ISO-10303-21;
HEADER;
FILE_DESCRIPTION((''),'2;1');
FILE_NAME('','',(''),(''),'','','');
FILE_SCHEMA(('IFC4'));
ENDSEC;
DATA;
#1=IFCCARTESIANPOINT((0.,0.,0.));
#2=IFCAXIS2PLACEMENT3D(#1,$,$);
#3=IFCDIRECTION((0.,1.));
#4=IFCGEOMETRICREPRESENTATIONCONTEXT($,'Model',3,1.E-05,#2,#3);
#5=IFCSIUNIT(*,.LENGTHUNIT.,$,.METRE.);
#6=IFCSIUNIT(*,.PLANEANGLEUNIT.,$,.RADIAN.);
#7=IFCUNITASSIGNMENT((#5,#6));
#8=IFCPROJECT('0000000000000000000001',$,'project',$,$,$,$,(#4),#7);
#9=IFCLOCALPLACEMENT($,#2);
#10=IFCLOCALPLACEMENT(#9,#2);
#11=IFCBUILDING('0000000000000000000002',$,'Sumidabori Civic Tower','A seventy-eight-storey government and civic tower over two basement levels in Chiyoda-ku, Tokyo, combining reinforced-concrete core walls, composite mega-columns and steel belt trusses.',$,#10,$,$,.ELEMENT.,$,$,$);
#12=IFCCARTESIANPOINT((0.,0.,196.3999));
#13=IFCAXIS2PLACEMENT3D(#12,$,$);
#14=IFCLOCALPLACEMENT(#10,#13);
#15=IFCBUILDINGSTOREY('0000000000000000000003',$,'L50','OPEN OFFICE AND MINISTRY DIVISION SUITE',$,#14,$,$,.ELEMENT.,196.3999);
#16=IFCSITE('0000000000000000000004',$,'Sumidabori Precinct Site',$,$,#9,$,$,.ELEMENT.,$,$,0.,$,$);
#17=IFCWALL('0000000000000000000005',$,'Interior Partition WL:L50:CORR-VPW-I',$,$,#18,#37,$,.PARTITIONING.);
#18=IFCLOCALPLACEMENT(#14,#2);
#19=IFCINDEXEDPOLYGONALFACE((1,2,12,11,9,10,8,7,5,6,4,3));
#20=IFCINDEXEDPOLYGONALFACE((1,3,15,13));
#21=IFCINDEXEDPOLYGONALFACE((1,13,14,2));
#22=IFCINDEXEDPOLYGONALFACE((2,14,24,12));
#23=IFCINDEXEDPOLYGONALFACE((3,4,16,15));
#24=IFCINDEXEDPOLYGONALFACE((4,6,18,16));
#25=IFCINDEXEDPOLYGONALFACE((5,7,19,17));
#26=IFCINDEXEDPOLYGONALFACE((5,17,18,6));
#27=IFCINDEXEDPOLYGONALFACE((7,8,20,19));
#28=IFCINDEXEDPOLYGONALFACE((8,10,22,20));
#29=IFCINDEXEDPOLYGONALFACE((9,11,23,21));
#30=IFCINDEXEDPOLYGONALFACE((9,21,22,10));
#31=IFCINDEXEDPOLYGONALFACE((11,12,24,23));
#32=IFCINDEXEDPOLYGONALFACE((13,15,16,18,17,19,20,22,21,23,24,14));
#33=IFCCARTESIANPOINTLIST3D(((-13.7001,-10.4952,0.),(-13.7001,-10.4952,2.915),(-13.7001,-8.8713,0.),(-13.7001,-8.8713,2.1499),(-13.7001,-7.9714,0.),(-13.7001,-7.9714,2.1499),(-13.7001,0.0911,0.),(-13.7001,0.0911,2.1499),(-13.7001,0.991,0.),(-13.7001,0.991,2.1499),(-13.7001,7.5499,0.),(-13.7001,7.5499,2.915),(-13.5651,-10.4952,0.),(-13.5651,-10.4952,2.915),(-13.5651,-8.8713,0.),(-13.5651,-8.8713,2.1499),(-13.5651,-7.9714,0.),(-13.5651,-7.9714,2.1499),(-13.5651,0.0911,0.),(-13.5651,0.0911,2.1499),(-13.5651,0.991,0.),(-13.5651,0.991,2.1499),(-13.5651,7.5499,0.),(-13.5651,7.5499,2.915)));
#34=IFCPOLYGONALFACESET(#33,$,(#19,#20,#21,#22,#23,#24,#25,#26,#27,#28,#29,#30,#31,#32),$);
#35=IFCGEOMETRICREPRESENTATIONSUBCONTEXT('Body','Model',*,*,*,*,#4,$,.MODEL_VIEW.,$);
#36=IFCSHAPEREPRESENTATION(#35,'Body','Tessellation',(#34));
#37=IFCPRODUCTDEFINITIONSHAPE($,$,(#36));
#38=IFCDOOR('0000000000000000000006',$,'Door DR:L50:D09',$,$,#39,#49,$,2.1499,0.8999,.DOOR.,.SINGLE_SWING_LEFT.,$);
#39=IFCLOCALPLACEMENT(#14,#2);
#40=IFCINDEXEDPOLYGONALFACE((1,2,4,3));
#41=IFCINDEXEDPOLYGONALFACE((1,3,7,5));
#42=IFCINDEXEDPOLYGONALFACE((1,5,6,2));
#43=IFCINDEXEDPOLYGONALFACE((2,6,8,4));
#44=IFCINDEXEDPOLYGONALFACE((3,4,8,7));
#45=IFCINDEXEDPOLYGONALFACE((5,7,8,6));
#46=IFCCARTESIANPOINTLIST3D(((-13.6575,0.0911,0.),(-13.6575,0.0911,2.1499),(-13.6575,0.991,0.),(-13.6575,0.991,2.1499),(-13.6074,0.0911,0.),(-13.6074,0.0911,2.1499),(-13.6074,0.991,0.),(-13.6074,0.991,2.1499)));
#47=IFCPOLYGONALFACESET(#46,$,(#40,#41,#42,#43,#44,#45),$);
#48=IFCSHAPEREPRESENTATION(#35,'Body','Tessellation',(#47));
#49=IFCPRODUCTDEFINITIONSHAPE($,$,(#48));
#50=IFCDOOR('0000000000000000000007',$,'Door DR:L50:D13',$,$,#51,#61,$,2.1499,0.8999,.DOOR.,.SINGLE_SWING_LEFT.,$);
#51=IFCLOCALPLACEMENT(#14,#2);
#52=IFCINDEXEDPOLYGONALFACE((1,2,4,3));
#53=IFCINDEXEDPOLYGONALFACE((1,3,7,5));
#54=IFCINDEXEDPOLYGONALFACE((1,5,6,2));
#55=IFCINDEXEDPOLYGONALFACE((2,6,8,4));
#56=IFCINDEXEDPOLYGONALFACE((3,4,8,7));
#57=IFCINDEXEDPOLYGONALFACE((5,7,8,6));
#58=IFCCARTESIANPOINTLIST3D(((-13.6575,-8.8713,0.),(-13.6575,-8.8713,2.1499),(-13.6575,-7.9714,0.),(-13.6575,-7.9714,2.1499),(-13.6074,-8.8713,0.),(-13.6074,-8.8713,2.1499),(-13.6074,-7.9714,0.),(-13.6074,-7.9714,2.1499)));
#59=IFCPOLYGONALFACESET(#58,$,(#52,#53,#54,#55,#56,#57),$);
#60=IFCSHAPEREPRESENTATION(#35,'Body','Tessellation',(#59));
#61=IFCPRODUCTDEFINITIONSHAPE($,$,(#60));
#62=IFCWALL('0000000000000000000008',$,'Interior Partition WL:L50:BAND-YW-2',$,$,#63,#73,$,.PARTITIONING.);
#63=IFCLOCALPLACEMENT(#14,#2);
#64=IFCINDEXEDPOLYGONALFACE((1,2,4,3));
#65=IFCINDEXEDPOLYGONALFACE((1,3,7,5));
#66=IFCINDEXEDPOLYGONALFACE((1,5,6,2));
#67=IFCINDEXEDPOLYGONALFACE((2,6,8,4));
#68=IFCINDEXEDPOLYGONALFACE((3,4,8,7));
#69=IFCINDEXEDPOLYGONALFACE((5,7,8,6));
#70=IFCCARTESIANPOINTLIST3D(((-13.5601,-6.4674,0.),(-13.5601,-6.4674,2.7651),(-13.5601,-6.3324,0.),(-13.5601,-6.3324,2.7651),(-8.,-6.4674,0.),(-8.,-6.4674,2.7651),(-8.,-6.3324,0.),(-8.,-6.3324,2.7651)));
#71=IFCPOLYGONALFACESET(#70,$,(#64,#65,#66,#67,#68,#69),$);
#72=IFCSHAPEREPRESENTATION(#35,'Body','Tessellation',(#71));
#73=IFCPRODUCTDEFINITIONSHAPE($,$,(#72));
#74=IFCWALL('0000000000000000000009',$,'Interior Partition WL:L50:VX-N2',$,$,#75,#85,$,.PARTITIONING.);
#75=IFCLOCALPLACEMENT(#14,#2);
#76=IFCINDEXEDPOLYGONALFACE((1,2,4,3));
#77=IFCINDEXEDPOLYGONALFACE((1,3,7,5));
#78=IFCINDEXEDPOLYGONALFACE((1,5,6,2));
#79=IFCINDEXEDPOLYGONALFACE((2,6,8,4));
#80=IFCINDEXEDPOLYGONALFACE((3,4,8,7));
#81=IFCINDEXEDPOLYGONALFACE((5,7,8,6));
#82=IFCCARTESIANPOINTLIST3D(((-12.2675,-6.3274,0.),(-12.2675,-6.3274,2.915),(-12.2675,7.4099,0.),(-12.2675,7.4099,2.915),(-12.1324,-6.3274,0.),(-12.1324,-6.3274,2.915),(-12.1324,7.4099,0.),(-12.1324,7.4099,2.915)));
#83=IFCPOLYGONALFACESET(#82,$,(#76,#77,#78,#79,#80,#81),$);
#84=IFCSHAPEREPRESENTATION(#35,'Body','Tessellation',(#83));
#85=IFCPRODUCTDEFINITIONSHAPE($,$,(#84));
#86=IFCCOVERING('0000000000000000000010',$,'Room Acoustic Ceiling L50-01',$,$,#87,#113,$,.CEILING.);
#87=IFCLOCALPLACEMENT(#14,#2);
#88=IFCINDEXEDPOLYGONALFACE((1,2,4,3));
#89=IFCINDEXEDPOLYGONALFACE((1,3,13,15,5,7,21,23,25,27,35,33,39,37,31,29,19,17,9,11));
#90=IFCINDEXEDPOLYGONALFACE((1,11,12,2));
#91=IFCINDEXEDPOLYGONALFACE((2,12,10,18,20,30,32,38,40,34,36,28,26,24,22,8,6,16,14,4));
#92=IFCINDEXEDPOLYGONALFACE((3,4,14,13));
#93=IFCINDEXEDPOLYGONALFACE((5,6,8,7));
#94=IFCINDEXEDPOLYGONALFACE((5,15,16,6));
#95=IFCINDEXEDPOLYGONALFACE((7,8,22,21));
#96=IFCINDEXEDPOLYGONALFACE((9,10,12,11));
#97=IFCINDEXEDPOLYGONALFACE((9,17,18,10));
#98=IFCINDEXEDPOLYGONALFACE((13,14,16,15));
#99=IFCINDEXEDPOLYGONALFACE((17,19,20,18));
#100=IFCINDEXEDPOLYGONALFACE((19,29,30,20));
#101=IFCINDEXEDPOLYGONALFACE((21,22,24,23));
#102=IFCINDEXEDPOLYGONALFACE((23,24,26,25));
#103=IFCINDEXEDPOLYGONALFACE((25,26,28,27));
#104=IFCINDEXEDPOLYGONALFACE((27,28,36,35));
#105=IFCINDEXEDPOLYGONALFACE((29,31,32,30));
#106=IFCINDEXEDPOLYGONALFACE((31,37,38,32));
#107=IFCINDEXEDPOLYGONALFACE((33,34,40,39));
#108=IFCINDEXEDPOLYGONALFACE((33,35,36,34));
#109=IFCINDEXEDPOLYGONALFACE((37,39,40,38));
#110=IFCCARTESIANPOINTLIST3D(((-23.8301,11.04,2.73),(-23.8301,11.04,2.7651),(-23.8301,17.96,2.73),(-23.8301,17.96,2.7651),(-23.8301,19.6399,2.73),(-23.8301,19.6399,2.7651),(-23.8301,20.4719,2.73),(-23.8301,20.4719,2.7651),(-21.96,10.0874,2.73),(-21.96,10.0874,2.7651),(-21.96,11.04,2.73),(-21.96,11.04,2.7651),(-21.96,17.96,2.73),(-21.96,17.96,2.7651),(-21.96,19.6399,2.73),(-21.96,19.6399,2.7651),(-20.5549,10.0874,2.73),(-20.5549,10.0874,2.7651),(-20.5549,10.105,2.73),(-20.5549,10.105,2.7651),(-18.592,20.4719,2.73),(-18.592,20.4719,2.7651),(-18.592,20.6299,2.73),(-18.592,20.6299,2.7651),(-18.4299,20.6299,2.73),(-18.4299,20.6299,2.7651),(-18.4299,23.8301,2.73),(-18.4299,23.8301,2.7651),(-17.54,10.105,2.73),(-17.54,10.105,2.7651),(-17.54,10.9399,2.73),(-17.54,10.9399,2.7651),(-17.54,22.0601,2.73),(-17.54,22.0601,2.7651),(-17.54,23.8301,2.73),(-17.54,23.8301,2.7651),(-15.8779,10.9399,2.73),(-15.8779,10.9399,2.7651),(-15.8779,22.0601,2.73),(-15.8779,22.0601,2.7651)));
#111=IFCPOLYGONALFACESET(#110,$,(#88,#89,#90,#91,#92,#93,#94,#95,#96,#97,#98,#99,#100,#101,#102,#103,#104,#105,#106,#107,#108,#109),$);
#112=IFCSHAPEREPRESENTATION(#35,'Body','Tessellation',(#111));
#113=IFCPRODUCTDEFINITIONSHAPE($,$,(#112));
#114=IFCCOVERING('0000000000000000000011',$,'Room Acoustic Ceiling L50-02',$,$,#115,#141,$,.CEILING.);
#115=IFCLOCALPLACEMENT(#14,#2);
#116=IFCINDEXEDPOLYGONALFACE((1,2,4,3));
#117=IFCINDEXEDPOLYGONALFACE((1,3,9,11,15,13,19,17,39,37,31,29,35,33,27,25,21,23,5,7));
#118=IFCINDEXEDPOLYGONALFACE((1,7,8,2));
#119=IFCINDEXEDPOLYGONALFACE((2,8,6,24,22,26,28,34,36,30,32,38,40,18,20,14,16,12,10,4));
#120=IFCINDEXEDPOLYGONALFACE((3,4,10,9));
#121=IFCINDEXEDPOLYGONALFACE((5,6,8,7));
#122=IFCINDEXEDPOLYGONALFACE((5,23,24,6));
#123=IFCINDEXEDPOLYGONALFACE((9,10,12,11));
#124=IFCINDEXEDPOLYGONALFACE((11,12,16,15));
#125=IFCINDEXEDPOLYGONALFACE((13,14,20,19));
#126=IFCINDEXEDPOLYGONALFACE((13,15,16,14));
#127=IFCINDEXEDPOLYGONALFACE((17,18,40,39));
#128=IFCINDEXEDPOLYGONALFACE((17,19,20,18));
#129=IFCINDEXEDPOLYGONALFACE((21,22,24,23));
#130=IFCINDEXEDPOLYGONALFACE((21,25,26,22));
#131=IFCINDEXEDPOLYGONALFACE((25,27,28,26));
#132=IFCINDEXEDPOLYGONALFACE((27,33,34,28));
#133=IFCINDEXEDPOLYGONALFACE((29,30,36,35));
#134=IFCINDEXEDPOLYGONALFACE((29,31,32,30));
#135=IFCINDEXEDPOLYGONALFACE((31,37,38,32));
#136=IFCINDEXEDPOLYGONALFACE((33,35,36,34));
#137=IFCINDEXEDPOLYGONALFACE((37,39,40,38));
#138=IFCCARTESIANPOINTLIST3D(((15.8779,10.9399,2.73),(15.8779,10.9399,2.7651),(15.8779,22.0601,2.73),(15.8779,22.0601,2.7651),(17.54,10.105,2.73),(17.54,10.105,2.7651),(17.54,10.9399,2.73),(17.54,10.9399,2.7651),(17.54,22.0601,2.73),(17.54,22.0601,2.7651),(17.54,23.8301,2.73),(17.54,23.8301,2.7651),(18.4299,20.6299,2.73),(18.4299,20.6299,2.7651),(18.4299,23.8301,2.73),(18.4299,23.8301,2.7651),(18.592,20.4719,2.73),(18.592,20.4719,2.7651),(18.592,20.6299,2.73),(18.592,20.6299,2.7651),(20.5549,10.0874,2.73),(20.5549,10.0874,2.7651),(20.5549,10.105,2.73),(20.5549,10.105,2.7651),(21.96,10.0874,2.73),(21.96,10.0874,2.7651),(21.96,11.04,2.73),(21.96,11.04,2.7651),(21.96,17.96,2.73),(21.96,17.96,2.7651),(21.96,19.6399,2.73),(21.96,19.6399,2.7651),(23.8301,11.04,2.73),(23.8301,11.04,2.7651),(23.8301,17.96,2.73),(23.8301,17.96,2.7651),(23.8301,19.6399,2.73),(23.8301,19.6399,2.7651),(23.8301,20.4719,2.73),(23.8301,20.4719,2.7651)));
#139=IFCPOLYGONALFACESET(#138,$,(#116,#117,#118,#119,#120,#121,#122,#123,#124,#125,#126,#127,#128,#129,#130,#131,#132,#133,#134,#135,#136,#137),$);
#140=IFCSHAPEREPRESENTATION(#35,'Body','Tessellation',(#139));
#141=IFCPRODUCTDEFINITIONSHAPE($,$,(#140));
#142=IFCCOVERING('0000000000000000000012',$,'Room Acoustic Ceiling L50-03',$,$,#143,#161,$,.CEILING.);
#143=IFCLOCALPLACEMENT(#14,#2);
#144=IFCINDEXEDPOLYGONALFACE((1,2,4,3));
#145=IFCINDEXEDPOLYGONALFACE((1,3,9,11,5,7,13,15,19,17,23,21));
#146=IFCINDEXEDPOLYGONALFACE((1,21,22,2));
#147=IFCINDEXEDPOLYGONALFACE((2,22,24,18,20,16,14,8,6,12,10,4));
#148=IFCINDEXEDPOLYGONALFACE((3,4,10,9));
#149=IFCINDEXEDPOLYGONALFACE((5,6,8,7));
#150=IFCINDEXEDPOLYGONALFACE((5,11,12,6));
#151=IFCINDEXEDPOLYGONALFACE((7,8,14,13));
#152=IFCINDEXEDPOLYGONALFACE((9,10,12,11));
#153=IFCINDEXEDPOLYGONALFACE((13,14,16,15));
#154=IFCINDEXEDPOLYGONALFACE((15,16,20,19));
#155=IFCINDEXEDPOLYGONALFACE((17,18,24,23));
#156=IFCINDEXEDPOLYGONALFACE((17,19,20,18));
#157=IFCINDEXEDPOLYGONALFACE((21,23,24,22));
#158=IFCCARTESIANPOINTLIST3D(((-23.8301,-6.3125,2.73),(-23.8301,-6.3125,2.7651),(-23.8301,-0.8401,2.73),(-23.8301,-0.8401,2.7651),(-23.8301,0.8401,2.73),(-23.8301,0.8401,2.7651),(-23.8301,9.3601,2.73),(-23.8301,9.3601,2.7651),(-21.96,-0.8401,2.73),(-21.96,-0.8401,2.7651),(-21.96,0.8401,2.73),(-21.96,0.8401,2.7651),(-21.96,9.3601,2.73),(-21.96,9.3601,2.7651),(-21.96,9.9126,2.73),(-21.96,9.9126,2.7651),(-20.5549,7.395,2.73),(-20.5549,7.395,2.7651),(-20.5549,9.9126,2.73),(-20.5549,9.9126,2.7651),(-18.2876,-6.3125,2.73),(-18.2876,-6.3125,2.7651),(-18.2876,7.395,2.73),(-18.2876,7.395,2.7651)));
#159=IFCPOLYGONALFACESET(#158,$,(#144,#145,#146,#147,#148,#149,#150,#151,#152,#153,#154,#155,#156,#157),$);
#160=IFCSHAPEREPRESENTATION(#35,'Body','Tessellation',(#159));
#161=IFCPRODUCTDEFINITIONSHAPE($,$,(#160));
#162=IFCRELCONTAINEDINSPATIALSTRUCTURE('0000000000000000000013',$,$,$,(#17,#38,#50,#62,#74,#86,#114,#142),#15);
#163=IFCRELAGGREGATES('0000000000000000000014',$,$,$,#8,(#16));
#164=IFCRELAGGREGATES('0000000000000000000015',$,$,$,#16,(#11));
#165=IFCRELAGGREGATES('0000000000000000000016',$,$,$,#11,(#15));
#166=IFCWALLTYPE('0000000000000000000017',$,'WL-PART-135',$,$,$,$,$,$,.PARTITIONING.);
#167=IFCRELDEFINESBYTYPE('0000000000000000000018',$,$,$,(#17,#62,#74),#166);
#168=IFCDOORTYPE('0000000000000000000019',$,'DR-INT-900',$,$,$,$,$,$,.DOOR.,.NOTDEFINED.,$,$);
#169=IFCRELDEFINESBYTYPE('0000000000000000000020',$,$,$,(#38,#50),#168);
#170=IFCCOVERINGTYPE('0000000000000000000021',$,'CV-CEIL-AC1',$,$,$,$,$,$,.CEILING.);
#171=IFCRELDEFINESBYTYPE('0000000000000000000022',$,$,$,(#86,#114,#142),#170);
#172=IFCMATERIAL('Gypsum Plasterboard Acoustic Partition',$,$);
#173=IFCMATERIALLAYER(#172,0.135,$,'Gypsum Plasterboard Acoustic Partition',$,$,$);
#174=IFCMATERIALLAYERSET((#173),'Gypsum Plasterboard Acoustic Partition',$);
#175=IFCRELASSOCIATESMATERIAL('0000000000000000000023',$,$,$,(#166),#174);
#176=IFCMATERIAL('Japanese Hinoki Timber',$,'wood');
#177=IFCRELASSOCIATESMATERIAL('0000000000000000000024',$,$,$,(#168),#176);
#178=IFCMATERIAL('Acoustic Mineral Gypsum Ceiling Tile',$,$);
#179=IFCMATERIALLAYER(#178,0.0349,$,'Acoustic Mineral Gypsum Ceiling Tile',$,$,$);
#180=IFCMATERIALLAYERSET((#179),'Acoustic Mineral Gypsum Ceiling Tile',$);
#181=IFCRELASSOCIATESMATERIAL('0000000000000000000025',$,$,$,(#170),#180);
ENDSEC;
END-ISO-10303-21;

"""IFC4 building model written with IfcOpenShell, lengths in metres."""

from ifc_helpers import new_model, si_unit, direction, frame, frame_2d, origin, place, context, subcontext, project, spatial, polyline, rectangle, outline, extrude, source, transform, mapped, material, layer, layer_set, type_object, element, fill, save


model = new_model("IFC4")

# Units and contexts
model_context = context("Model", 3, precision=1e-05, world=origin(), true_north=direction((0.0, 1.0)))
body_context = subcontext(model_context, "Body", "Model", "MODEL_VIEW")
ifc_project = project(units=[si_unit("LENGTHUNIT", "METRE"), si_unit("PLANEANGLEUNIT", "RADIAN")], contexts=[model_context])

# Site, building, storey
site_placement = place(None, origin())
site = spatial("IfcSite", under=ifc_project, at=site_placement, Name="Sumidabori Precinct Site", CompositionType="ELEMENT", RefElevation=0.0)
building_placement = place(site_placement, origin())
building = spatial("IfcBuilding", under=site, at=building_placement, Name="Sumidabori Civic Tower", Description="A seventy-eight-storey government and civic tower over two basement levels in Chiyoda-ku, Tokyo, combining reinforced-concrete core walls, composite mega-columns and steel belt trusses.", CompositionType="ELEMENT")
storey_placement = place(building_placement, frame((0.0, 0.0, 196.3999)))
storey = spatial("IfcBuildingStorey", under=building, at=storey_placement, Name="L50", Description="OPEN OFFICE AND MINISTRY DIVISION SUITE", CompositionType="ELEMENT", Elevation=196.3999)

# Wall, openings, doors
ifc_material_1 = material(Name="Gypsum Plasterboard Acoustic Partition")
ifc_layer_1 = layer(ifc_material_1, 0.135, Name="Gypsum Plasterboard Acoustic Partition")
ifc_layer_set_1 = layer_set([ifc_layer_1], Name="Gypsum Plasterboard Acoustic Partition")
wall_type_1 = type_object("IfcWallType", Name="WL-PART-135", PredefinedType="PARTITIONING", material=ifc_layer_set_1)
shared_shape_1 = source(origin(), body_context, "Body", "SweptSolid", [
    extrude(rectangle(XDim=18.0452, YDim=0.135, at=frame_2d((9.0225, 0.0))), origin(), (0.0, 0.0, 1.0), 2.915),
])
wall_1_placement = place(storey_placement, frame((-13.6326, -10.4951, 0.0), z_axis=(0.0, 0.0, 1.0), x_axis=(0.0, 1.0, 0.0)))
wall_1 = element("IfcWall", 1, at=wall_1_placement, inside=storey, type_object=wall_type_1, Name="Interior Partition WL:L50:CORR-VPW-I", PredefinedType="PARTITIONING", context=body_context, shape_type="MappedRepresentation", body=[
    mapped(shared_shape_1, transform((0.0, 0.0, 0.0), x_axis=(1.0, 0.0, 0.0), y_axis=(0.0, 1.0, 0.0), z_axis=(0.0, 0.0, 1.0), scale=1.0)),
])
opening_1_placement = place(wall_1_placement, frame((10.5862, 0.0, 0.0)))
opening_1 = element("IfcOpeningElement", 2, at=opening_1_placement, cuts=wall_1, PredefinedType="OPENING", context=body_context, shape_type="SweptSolid", body=[
    extrude(rectangle(XDim=0.8999, YDim=2.1499, at=frame_2d((0.45, 1.075))), frame((0.0, 0.0796, 0.0), z_axis=(0.0, -1.0, 0.0), x_axis=(1.0, 0.0, 0.0)), (0.0, 0.0, 1.0), 0.1589),
])
opening_2_placement = place(wall_1_placement, frame((1.6238, 0.0, 0.0)))
opening_2 = element("IfcOpeningElement", 3, at=opening_2_placement, cuts=wall_1, PredefinedType="OPENING", context=body_context, shape_type="SweptSolid", body=[
    extrude(rectangle(XDim=0.8999, YDim=2.1499, at=frame_2d((0.45, 1.075))), frame((0.0, 0.0796, 0.0), z_axis=(0.0, -1.0, 0.0), x_axis=(1.0, 0.0, 0.0)), (0.0, 0.0, 1.0), 0.1589),
])
ifc_material_2 = material(Name="Japanese Hinoki Timber", Category="wood")
door_type = type_object("IfcDoorType", Name="DR-INT-900", OperationType="NOTDEFINED", PredefinedType="DOOR", material=ifc_material_2)
shared_shape_2 = source(origin(), body_context, "Body", "SweptSolid", [
    extrude(rectangle(XDim=0.8999, YDim=2.1499, at=frame_2d((0.45, 1.075))), frame((0.0, 0.0249, 0.0), z_axis=(0.0, -1.0, 0.0), x_axis=(1.0, 0.0, 0.0)), (0.0, 0.0, 1.0), 0.05),
])
door_1_placement = place(opening_1_placement, origin())
door_1 = element("IfcDoor", 4, at=door_1_placement, inside=storey, type_object=door_type, Name="Door DR:L50:D09", OperationType="SINGLE_SWING_LEFT", OverallHeight=2.1499, OverallWidth=0.8999, PredefinedType="DOOR", context=body_context, shape_type="MappedRepresentation", body=[
    mapped(shared_shape_2, transform((0.0, 0.0, 0.0), x_axis=(1.0, 0.0, 0.0), y_axis=(0.0, 1.0, 0.0), z_axis=(0.0, 0.0, 1.0), scale=1.0)),
])
fill(opening_1, door_1)
door_2_placement = place(opening_2_placement, origin())
door_2 = element("IfcDoor", 5, at=door_2_placement, inside=storey, type_object=door_type, Name="Door DR:L50:D13", OperationType="SINGLE_SWING_LEFT", OverallHeight=2.1499, OverallWidth=0.8999, PredefinedType="DOOR", context=body_context, shape_type="MappedRepresentation", body=[
    mapped(shared_shape_2, transform((0.0, 0.0, 0.0), x_axis=(1.0, 0.0, 0.0), y_axis=(0.0, 1.0, 0.0), z_axis=(0.0, 0.0, 1.0), scale=1.0)),
])
fill(opening_2, door_2)

# Walls
shared_shape_3 = source(origin(), body_context, "Body", "SweptSolid", [
    extrude(rectangle(XDim=5.5601, YDim=0.135, at=frame_2d((2.78, 0.0))), origin(), (0.0, 0.0, 1.0), 2.7651),
])
wall_2_placement = place(storey_placement, frame((-13.5601, -6.3999, 0.0), z_axis=(0.0, 0.0, 1.0), x_axis=(1.0, 0.0, 0.0)))
element("IfcWall", 6, at=wall_2_placement, inside=storey, type_object=wall_type_1, Name="Interior Partition WL:L50:BAND-YW-2", PredefinedType="PARTITIONING", context=body_context, shape_type="MappedRepresentation", body=[
    mapped(shared_shape_3, transform((0.0, 0.0, 0.0), x_axis=(1.0, 0.0, 0.0), y_axis=(0.0, 1.0, 0.0), z_axis=(0.0, 0.0, 1.0), scale=1.0)),
])
shared_shape_4 = source(origin(), body_context, "Body", "SweptSolid", [
    extrude(rectangle(XDim=13.7373, YDim=0.135, at=frame_2d((6.8687, 0.0))), origin(), (0.0, 0.0, 1.0), 2.915),
])
wall_3_placement = place(storey_placement, frame((-12.2, -6.3274, 0.0), z_axis=(0.0, 0.0, 1.0), x_axis=(0.0, 1.0, 0.0)))
element("IfcWall", 7, at=wall_3_placement, inside=storey, type_object=wall_type_1, Name="Interior Partition WL:L50:VX-N2", PredefinedType="PARTITIONING", context=body_context, shape_type="MappedRepresentation", body=[
    mapped(shared_shape_4, transform((0.0, 0.0, 0.0), x_axis=(1.0, 0.0, 0.0), y_axis=(0.0, 1.0, 0.0), z_axis=(0.0, 0.0, 1.0), scale=1.0)),
])

# Coverings
ifc_material_3 = material(Name="Acoustic Mineral Gypsum Ceiling Tile")
ifc_layer_2 = layer(ifc_material_3, 0.0349, Name="Acoustic Mineral Gypsum Ceiling Tile")
ifc_layer_set_2 = layer_set([ifc_layer_2], Name="Acoustic Mineral Gypsum Ceiling Tile")
covering_type_1 = type_object("IfcCoveringType", Name="CV-CEIL-AC1", PredefinedType="CEILING", material=ifc_layer_set_2)
covering_1_placement = place(storey_placement, frame((0.0, 0.0, 2.73)))
element("IfcCovering", 8, at=covering_1_placement, inside=storey, type_object=covering_type_1, Name="Room Acoustic Ceiling L50-01", PredefinedType="CEILING", context=body_context, shape_type="SweptSolid", body=[
    extrude(outline(polyline([(-23.8301, 17.96), (-21.96, 17.96), (-21.96, 19.6399), (-23.8301, 19.6399), (-23.8301, 20.4719), (-18.592, 20.4719), (-18.592, 20.6299), (-18.4299, 20.6299), (-18.4299, 23.8301), (-17.54, 23.8301), (-17.54, 22.0601), (-15.8779, 22.0601), (-15.8779, 10.9399), (-17.54, 10.9399), (-17.54, 10.105), (-20.5549, 10.105), (-20.5549, 10.0874), (-21.96, 10.0874), (-21.96, 11.04), (-23.8301, 11.04), (-23.8301, 17.96)])), origin(), (0.0, 0.0, 1.0), 0.0352),
])
covering_2_placement = place(storey_placement, frame((0.0, 0.0, 2.73)))
element("IfcCovering", 9, at=covering_2_placement, inside=storey, type_object=covering_type_1, Name="Room Acoustic Ceiling L50-02", PredefinedType="CEILING", context=body_context, shape_type="SweptSolid", body=[
    extrude(outline(polyline([(20.5549, 10.105), (17.54, 10.105), (17.54, 10.9399), (15.8779, 10.9399), (15.8779, 22.0601), (17.54, 22.0601), (17.54, 23.8301), (18.4299, 23.8301), (18.4299, 20.6299), (18.592, 20.6299), (18.592, 20.4719), (23.8301, 20.4719), (23.8301, 19.6399), (21.96, 19.6399), (21.96, 17.96), (23.8301, 17.96), (23.8301, 11.04), (21.96, 11.04), (21.96, 10.0874), (20.5549, 10.0874), (20.5549, 10.105)])), origin(), (0.0, 0.0, 1.0), 0.0352),
])
covering_3_placement = place(storey_placement, frame((0.0, 0.0, 2.73)))
element("IfcCovering", 10, at=covering_3_placement, inside=storey, type_object=covering_type_1, Name="Room Acoustic Ceiling L50-03", PredefinedType="CEILING", context=body_context, shape_type="SweptSolid", body=[
    extrude(outline(polyline([(-23.8301, -6.3125), (-23.8301, -0.8401), (-21.96, -0.8401), (-21.96, 0.8401), (-23.8301, 0.8401), (-23.8301, 9.3601), (-21.96, 9.3601), (-21.96, 9.9126), (-20.5549, 9.9126), (-20.5549, 7.395), (-18.2876, 7.395), (-18.2876, -6.3125), (-23.8301, -6.3125)])), origin(), (0.0, 0.0, 1.0), 0.0352),
])

save(model, "model.ifc")
